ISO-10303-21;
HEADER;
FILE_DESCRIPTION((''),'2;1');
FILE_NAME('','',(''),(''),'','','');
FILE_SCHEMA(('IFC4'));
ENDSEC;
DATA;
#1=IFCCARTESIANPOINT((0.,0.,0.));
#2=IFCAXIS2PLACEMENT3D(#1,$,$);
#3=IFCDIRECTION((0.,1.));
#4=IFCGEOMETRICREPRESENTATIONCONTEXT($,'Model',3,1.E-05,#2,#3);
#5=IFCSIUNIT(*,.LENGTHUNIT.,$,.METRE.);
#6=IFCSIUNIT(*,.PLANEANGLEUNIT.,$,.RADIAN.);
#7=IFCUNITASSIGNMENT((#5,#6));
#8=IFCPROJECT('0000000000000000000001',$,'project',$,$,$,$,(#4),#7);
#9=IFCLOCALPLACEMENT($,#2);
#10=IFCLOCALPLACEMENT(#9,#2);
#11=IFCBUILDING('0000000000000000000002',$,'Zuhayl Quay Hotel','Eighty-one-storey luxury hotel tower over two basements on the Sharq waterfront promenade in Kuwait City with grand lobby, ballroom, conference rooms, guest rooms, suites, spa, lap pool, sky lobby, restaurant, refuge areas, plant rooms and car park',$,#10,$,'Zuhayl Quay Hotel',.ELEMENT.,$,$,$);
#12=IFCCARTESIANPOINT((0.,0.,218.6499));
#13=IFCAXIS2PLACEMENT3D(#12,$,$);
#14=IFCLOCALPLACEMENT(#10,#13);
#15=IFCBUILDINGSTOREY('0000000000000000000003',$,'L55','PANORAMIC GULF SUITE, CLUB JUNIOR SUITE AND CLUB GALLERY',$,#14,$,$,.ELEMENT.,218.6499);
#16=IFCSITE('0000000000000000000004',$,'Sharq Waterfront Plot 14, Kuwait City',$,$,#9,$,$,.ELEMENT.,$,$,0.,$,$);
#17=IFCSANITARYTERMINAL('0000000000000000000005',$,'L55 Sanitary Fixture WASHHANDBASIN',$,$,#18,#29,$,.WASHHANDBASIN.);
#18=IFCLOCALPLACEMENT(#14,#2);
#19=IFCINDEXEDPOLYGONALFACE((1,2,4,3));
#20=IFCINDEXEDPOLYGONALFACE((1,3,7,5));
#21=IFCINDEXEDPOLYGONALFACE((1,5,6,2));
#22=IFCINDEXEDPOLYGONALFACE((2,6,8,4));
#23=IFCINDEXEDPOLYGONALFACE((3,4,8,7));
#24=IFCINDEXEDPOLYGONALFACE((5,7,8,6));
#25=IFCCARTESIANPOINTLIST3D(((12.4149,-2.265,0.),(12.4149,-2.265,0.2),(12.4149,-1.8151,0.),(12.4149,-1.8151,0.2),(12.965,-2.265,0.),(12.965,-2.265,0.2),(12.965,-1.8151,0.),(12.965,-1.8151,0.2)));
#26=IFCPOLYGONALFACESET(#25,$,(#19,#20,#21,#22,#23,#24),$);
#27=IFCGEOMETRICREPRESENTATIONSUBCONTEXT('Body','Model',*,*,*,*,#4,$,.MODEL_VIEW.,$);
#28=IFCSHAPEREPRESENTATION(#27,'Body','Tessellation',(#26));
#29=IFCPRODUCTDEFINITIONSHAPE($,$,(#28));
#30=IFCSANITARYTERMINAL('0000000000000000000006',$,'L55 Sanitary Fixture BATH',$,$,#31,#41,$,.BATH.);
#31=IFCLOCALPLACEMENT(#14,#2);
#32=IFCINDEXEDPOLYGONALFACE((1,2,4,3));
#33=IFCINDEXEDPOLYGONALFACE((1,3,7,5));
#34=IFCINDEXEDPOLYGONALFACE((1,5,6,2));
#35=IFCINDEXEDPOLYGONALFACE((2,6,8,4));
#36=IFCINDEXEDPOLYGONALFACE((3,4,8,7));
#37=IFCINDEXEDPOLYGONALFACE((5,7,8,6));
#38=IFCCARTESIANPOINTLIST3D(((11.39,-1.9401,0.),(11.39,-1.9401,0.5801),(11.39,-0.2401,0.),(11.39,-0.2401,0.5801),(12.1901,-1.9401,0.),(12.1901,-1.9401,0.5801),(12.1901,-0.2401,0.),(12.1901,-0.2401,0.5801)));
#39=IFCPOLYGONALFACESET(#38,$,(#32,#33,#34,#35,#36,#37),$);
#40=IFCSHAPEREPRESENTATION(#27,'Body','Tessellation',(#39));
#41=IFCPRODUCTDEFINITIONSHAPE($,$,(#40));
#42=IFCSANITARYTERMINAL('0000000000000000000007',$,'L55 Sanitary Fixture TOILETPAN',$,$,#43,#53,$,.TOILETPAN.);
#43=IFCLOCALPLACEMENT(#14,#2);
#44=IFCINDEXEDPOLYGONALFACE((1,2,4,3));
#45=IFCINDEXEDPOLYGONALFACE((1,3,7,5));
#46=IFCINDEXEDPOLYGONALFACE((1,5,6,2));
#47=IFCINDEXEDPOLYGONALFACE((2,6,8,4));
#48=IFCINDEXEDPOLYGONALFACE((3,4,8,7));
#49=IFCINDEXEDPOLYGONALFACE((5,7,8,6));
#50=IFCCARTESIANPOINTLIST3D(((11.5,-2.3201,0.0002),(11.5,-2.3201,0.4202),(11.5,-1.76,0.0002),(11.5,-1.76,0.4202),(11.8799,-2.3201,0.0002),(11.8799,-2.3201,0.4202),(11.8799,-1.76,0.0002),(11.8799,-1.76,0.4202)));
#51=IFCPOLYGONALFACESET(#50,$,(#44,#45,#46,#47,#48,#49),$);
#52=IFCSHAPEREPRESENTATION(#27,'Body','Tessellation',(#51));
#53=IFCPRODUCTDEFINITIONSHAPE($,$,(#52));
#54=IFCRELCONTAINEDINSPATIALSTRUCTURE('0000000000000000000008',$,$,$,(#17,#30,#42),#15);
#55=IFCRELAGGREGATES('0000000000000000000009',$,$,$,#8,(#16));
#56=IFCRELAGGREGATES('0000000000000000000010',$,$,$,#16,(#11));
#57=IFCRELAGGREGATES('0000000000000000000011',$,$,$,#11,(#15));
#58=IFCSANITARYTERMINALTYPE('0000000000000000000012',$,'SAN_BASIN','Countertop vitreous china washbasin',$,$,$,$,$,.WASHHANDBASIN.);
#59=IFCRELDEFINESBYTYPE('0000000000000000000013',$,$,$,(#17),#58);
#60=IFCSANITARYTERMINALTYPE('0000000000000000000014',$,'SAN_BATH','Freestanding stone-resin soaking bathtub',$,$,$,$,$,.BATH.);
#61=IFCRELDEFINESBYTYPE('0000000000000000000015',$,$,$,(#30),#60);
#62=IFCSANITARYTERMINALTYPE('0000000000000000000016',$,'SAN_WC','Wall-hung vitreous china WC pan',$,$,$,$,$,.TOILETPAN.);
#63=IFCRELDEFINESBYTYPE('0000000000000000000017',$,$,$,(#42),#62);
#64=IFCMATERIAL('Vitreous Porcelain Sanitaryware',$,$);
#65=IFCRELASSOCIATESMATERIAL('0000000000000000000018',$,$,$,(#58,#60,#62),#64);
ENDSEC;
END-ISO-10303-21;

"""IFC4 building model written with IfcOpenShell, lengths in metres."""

from ifc_helpers import new_model, si_unit, direction, frame, origin, origin_2d, place, context, subcontext, project, spatial, rectangle, extrude, material, type_object, element, save


model = new_model("IFC4")

# Units and contexts
model_context = context("Model", 3, precision=1e-05, world=origin(), true_north=direction((0.0, 1.0)))
body_context = subcontext(model_context, "Body", "Model", "MODEL_VIEW")
ifc_project = project(units=[si_unit("LENGTHUNIT", "METRE"), si_unit("PLANEANGLEUNIT", "RADIAN")], contexts=[model_context])

# Site, building, storey
site_placement = place(None, origin())
site = spatial("IfcSite", under=ifc_project, at=site_placement, Name="Sharq Waterfront Plot 14, Kuwait City", CompositionType="ELEMENT", RefElevation=0.0)
building_placement = place(site_placement, origin())
building = spatial("IfcBuilding", under=site, at=building_placement, Name="Zuhayl Quay Hotel", Description="Eighty-one-storey luxury hotel tower over two basements on the Sharq waterfront promenade in Kuwait City with grand lobby, ballroom, conference rooms, guest rooms, suites, spa, lap pool, sky lobby, restaurant, refuge areas, plant rooms and car park", LongName="Zuhayl Quay Hotel", CompositionType="ELEMENT")
storey_placement = place(building_placement, frame((0.0, 0.0, 218.6499)))
storey = spatial("IfcBuildingStorey", under=building, at=storey_placement, Name="L55", Description="PANORAMIC GULF SUITE, CLUB JUNIOR SUITE AND CLUB GALLERY", CompositionType="ELEMENT", Elevation=218.6499)

# Sanitary terminals
ifc_material_1 = material(Name="Vitreous Porcelain Sanitaryware")
sanitary_terminal_type_1 = type_object("IfcSanitaryTerminalType", Name="SAN_BASIN", Description="Countertop vitreous china washbasin", PredefinedType="WASHHANDBASIN", material=ifc_material_1)
sanitary_terminal_1_placement = place(storey_placement, frame((12.6899, -2.04, 0.0), z_axis=(0.0, 0.0, 1.0), x_axis=(1.0, 0.0, 0.0)))
element("IfcSanitaryTerminal", 1, at=sanitary_terminal_1_placement, inside=storey, type_object=sanitary_terminal_type_1, Name="L55 Sanitary Fixture WASHHANDBASIN", PredefinedType="WASHHANDBASIN", context=body_context, shape_type="SweptSolid", body=[
    extrude(rectangle(XDim=0.55, YDim=0.45, at=origin_2d()), origin(), (0.0, 0.0, 1.0), 0.2),
])
sanitary_terminal_type_2 = type_object("IfcSanitaryTerminalType", Name="SAN_BATH", Description="Freestanding stone-resin soaking bathtub", PredefinedType="BATH", material=ifc_material_1)
sanitary_terminal_2_placement = place(storey_placement, frame((11.79, -1.0901, 0.0), z_axis=(0.0, 0.0, 1.0), x_axis=(1.0, 0.0, 0.0)))
element("IfcSanitaryTerminal", 2, at=sanitary_terminal_2_placement, inside=storey, type_object=sanitary_terminal_type_2, Name="L55 Sanitary Fixture BATH", PredefinedType="BATH", context=body_context, shape_type="SweptSolid", body=[
    extrude(rectangle(XDim=0.8, YDim=1.7, at=origin_2d()), origin(), (0.0, 0.0, 1.0), 0.5801),
])
sanitary_terminal_type_3 = type_object("IfcSanitaryTerminalType", Name="SAN_WC", Description="Wall-hung vitreous china WC pan", PredefinedType="TOILETPAN", material=ifc_material_1)
sanitary_terminal_3_placement = place(storey_placement, frame((11.6899, -2.04, 0.0002), z_axis=(0.0, 0.0, 1.0), x_axis=(1.0, 0.0, 0.0)))
element("IfcSanitaryTerminal", 3, at=sanitary_terminal_3_placement, inside=storey, type_object=sanitary_terminal_type_3, Name="L55 Sanitary Fixture TOILETPAN", PredefinedType="TOILETPAN", context=body_context, shape_type="SweptSolid", body=[
    extrude(rectangle(XDim=0.3799, YDim=0.5601, at=origin_2d()), origin(), (0.0, 0.0, 1.0), 0.4199),
])

save(model, "model.ifc")
